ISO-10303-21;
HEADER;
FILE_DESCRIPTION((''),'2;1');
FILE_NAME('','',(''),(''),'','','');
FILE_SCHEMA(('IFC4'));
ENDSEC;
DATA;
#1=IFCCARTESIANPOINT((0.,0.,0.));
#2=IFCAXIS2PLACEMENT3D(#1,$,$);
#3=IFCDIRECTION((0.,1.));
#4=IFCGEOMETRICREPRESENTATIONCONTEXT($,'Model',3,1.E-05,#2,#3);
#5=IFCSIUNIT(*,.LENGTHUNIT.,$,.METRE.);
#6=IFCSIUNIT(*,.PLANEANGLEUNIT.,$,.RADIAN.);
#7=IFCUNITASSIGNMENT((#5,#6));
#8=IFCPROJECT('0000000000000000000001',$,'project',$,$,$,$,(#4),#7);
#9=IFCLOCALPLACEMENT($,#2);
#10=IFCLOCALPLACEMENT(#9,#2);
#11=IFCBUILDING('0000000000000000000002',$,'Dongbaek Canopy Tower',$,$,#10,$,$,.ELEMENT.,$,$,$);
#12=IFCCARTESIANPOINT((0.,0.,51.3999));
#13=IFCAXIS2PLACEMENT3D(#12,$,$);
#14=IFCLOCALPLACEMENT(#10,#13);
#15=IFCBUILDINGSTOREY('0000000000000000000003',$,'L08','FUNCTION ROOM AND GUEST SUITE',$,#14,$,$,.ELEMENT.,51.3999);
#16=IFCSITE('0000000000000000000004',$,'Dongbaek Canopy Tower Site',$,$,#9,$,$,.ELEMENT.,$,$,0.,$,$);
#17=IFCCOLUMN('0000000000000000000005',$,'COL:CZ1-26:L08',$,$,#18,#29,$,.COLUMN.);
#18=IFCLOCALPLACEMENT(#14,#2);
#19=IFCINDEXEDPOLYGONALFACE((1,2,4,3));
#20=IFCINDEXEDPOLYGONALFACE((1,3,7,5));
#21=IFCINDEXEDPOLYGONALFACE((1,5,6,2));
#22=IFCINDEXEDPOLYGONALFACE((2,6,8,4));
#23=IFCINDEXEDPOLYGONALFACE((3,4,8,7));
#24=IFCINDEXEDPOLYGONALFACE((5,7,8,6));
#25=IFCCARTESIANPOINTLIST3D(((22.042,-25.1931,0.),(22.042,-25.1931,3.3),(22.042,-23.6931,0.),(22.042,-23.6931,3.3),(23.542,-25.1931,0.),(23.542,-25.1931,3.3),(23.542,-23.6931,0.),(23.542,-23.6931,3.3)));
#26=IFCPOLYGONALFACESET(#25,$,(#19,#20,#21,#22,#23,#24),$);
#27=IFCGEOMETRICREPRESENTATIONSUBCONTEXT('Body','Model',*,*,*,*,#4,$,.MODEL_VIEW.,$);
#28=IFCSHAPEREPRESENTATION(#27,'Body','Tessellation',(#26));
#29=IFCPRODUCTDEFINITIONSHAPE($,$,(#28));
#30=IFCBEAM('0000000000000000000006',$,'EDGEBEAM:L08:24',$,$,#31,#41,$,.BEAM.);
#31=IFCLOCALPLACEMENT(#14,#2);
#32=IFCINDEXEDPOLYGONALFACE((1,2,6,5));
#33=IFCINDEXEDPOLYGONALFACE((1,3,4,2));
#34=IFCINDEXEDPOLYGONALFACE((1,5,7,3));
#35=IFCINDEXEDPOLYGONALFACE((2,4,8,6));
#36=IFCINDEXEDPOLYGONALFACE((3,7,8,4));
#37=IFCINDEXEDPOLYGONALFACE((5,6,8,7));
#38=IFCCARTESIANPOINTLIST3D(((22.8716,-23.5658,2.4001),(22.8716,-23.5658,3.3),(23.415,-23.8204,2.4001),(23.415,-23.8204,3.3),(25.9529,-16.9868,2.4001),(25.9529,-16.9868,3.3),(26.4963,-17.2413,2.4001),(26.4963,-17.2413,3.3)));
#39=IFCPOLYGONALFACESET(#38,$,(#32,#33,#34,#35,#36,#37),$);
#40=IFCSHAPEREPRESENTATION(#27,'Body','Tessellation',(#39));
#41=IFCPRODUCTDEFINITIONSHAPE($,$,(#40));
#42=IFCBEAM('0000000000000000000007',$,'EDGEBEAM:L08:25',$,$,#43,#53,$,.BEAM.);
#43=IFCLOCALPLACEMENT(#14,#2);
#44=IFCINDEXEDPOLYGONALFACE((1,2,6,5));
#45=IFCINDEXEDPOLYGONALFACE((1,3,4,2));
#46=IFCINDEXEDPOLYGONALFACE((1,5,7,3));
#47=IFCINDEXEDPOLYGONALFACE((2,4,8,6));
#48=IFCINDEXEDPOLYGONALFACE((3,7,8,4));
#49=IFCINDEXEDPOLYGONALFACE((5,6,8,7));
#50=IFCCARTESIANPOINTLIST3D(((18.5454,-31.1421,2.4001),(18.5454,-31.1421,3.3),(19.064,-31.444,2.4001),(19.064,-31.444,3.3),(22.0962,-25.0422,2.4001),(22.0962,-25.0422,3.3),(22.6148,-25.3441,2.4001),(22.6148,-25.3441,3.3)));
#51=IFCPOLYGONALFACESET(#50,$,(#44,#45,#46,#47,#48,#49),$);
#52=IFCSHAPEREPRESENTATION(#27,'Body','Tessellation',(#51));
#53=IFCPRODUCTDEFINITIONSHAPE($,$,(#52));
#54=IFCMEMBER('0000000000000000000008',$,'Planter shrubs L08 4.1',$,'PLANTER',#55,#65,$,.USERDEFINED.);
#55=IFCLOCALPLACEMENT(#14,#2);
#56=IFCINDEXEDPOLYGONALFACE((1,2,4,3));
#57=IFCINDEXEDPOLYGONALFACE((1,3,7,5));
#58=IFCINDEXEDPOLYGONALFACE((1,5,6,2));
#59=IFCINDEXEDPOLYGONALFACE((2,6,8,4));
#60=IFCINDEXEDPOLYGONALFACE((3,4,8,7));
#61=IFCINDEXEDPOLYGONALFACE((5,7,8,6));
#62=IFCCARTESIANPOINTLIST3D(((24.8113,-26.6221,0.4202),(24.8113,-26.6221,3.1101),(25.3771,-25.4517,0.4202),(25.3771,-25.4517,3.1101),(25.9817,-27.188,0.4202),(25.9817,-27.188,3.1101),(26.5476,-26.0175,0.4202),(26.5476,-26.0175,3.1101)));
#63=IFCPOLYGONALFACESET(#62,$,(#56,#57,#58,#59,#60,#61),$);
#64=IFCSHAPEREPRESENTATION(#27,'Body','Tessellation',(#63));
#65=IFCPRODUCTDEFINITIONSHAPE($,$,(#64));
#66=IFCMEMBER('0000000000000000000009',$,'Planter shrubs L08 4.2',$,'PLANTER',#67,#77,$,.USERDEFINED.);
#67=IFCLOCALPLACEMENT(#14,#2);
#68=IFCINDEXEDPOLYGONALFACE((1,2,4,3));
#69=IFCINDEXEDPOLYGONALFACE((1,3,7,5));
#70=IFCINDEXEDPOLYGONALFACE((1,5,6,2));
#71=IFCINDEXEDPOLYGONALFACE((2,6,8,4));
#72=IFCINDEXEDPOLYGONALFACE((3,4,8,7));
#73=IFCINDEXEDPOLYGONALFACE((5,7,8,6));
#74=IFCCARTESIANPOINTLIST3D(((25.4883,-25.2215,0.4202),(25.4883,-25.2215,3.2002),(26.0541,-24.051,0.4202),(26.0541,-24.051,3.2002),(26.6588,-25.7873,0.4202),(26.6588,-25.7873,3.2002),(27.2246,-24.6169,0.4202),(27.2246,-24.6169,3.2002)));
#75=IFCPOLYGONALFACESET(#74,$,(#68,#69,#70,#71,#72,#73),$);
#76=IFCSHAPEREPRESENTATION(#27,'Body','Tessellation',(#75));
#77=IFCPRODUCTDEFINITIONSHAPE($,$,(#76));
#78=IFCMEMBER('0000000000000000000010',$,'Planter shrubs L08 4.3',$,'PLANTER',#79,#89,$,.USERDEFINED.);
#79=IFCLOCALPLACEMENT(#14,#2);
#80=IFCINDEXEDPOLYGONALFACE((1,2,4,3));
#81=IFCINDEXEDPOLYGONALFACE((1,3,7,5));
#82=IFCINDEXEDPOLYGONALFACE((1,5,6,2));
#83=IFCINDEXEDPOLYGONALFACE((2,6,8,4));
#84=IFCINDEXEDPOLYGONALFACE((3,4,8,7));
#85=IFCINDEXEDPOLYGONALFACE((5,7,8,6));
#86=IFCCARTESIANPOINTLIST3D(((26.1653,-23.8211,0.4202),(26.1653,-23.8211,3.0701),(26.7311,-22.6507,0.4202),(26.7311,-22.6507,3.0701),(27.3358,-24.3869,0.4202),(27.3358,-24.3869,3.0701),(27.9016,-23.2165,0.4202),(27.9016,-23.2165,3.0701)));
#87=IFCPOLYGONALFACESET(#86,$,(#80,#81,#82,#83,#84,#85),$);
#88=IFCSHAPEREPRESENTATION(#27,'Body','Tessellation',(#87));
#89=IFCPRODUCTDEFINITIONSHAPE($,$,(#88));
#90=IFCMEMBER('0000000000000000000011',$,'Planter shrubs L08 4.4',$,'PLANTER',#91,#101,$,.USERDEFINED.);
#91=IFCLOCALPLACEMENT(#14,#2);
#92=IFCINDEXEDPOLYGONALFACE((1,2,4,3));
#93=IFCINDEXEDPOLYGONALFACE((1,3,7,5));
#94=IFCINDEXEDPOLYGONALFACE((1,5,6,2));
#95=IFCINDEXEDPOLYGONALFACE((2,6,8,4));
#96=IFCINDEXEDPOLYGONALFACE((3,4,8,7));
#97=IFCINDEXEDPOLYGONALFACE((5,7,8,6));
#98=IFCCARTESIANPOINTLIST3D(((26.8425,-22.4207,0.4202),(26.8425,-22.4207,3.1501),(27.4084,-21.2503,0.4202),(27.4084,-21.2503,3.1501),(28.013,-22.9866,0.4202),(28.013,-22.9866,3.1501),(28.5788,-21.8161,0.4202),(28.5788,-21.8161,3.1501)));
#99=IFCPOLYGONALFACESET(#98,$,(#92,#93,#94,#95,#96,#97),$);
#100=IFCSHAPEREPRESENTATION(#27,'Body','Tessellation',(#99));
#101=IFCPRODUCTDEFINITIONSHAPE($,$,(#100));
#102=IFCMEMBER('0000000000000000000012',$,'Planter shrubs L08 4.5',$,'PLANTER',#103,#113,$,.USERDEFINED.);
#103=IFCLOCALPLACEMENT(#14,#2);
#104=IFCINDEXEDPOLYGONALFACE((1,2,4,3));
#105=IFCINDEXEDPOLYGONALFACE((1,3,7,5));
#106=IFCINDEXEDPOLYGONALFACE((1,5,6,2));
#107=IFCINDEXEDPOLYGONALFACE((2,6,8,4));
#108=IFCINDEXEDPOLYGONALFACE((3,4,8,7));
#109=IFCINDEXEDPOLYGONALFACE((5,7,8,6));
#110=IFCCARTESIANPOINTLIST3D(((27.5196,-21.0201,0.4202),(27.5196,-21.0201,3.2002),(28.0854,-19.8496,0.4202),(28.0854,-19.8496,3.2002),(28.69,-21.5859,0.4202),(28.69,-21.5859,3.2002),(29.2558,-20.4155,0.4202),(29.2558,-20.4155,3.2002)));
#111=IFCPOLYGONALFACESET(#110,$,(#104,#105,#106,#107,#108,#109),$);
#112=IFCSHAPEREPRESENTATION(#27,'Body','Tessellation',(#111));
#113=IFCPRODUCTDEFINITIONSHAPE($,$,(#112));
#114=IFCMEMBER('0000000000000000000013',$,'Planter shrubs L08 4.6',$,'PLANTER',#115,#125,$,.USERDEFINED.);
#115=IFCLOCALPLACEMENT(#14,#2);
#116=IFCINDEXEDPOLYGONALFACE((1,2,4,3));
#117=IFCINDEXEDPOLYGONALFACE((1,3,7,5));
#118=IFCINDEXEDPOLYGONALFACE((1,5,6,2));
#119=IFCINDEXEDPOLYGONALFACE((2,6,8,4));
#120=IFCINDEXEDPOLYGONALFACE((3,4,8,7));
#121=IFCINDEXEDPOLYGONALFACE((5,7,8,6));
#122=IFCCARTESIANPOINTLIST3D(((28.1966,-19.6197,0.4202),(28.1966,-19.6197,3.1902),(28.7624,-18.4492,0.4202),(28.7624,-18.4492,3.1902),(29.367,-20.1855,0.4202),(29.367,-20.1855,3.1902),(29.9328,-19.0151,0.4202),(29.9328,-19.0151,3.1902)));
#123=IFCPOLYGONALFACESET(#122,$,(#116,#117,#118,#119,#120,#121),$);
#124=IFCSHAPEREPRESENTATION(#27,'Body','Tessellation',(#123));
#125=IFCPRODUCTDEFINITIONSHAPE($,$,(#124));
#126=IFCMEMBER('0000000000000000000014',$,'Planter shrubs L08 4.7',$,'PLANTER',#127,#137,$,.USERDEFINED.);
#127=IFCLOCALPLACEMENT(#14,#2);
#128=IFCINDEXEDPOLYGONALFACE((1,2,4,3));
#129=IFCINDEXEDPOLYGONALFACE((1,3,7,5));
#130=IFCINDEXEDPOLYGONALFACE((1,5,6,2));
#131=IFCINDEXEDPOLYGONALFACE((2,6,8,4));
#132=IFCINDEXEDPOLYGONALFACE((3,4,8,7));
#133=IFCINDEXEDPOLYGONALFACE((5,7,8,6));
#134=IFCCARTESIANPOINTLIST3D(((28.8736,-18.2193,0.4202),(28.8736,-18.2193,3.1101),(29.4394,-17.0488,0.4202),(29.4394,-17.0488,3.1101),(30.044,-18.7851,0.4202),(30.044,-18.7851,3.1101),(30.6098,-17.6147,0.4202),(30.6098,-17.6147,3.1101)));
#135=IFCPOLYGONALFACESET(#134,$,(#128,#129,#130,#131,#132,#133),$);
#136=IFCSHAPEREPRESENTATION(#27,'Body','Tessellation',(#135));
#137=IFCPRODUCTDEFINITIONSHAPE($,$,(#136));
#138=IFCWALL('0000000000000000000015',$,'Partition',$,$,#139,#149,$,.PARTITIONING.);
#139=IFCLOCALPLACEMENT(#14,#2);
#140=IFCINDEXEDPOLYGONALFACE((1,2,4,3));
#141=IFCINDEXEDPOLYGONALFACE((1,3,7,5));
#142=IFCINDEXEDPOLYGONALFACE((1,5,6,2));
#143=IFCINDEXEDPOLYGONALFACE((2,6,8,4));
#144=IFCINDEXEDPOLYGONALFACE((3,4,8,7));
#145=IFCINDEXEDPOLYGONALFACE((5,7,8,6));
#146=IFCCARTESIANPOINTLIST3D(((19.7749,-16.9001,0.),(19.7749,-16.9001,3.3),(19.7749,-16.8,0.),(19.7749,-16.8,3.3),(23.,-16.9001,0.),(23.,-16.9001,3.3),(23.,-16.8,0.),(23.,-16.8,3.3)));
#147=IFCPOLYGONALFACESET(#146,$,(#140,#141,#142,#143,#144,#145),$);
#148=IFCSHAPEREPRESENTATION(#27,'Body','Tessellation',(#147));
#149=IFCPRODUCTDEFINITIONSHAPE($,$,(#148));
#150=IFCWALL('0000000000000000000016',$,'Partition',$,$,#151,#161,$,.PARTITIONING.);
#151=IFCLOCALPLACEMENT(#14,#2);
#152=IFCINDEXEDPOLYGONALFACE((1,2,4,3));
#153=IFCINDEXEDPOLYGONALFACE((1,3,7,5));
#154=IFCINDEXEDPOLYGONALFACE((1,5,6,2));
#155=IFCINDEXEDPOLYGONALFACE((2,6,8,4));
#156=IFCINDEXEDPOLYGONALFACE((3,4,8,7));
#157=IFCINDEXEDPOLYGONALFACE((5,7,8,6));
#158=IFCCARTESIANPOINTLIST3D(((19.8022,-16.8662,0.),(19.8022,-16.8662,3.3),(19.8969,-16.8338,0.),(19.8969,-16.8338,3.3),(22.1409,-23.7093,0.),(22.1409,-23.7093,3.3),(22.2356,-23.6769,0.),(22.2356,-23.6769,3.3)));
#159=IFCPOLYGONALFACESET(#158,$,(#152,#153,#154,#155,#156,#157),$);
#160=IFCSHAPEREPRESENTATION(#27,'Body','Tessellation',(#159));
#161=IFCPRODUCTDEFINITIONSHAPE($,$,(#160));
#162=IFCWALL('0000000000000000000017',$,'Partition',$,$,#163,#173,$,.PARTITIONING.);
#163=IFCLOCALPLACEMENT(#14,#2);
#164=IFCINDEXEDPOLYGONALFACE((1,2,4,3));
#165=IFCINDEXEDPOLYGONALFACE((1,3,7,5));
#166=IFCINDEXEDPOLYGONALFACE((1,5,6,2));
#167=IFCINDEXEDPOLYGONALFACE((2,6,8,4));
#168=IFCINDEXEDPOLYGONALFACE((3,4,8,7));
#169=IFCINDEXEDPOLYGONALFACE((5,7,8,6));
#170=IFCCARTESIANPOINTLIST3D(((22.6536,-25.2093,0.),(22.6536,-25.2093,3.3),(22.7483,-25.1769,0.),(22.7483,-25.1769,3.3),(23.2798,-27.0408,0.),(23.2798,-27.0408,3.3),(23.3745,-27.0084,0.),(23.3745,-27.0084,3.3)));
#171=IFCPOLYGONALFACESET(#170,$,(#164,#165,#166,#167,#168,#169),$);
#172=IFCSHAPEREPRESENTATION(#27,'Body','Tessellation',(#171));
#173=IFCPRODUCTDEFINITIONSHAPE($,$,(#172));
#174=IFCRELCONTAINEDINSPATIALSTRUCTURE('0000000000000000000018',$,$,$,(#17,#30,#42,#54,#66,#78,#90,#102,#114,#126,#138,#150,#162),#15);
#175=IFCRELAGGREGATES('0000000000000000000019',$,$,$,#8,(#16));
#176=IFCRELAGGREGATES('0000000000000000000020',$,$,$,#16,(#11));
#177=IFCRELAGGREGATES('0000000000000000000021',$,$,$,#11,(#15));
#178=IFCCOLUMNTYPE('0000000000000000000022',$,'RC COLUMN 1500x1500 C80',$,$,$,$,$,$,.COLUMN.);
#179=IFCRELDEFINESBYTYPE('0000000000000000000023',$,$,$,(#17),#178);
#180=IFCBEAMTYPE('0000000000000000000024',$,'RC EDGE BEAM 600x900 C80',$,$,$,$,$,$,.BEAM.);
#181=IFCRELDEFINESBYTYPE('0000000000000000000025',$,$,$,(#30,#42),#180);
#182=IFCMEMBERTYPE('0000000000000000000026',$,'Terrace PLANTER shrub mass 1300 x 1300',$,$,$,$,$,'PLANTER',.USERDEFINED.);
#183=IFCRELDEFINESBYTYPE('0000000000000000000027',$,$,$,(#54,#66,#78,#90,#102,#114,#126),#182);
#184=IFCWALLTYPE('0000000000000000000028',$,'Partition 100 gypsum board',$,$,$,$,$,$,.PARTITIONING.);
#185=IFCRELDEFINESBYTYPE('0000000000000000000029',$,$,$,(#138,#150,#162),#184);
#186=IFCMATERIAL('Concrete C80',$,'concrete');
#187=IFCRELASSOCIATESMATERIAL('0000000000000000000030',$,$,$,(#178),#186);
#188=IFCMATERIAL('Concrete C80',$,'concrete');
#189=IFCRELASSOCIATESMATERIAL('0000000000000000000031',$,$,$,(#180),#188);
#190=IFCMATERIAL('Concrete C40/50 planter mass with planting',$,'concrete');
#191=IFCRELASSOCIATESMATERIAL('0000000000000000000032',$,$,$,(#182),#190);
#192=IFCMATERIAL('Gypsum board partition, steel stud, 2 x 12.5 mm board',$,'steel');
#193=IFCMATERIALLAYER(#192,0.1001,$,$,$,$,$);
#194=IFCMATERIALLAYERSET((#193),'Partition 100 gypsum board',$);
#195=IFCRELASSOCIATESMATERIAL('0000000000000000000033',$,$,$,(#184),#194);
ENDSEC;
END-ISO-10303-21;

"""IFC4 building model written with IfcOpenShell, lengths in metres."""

from ifc_helpers import new_model, si_unit, direction, frame, frame_2d, origin, origin_2d, place, context, subcontext, project, spatial, rectangle, extrude, material, layer, layer_set, material_profile, profile_set, type_object, element, save


model = new_model("IFC4")

# Units and contexts
model_context = context("Model", 3, precision=1e-05, world=origin(), true_north=direction((0.0, 1.0)))
body_context = subcontext(model_context, "Body", "Model", "MODEL_VIEW")
ifc_project = project(units=[si_unit("LENGTHUNIT", "METRE"), si_unit("PLANEANGLEUNIT", "RADIAN")], contexts=[model_context])

# Site, building, storey
site_placement = place(None, origin())
site = spatial("IfcSite", under=ifc_project, at=site_placement, Name="Dongbaek Canopy Tower Site", CompositionType="ELEMENT", RefElevation=0.0)
building_placement = place(site_placement, origin())
building = spatial("IfcBuilding", under=site, at=building_placement, Name="Dongbaek Canopy Tower", CompositionType="ELEMENT")
storey_placement = place(building_placement, frame((0.0, 0.0, 51.3999)))
storey = spatial("IfcBuildingStorey", under=building, at=storey_placement, Name="L08", Description="FUNCTION ROOM AND GUEST SUITE", CompositionType="ELEMENT", Elevation=51.3999)

# Column
ifc_material_1 = material(Name="Concrete C80", Category="concrete")
ifc_material_profile_1 = material_profile(ifc_material_1, rectangle(XDim=1.5, YDim=1.5, at=origin_2d()), Name="RC COLUMN 1500x1500 C80")
ifc_profile_set_1 = profile_set([ifc_material_profile_1], Name="Concrete C80")
column_type = type_object("IfcColumnType", Name="RC COLUMN 1500x1500 C80", PredefinedType="COLUMN", material=ifc_profile_set_1)
column_placement = place(storey_placement, frame((22.792, -24.4431, 0.0), z_axis=(0.0, 0.0, 1.0), x_axis=(1.0, 0.0, 0.0)))
element("IfcColumn", 1, at=column_placement, inside=storey, type_object=column_type, Name="COL:CZ1-26:L08", PredefinedType="COLUMN", context=body_context, shape_type="SweptSolid", body=[
    extrude(rectangle(XDim=1.5, YDim=1.5, at=origin_2d()), origin(), (0.0, 0.0, 1.0), 3.3),
])

# Beams
ifc_material_2 = material(Name="Concrete C80", Category="concrete")
ifc_material_profile_2 = material_profile(ifc_material_2, rectangle(XDim=0.6001, YDim=0.8999, at=origin_2d()), Name="RC EDGE BEAM 600x900 C80")
ifc_profile_set_2 = profile_set([ifc_material_profile_2], Name="Concrete C80")
beam_type = type_object("IfcBeamType", Name="RC EDGE BEAM 600x900 C80", PredefinedType="BEAM", material=ifc_profile_set_2)
beam_1_placement = place(storey_placement, frame((26.2246, -17.114, 2.8501), z_axis=(-0.424134, -0.905599, 0.0), x_axis=(0.905599, -0.424134, 0.0)))
element("IfcBeam", 2, at=beam_1_placement, inside=storey, type_object=beam_type, Name="EDGEBEAM:L08:24", PredefinedType="BEAM", context=body_context, shape_type="SweptSolid", body=[
    extrude(rectangle(XDim=0.6001, YDim=0.8999, at=origin_2d()), origin(), (0.0, 0.0, 1.0), 7.2649),
])
beam_2_placement = place(storey_placement, frame((22.3555, -25.1931, 2.8501), z_axis=(-0.503082, -0.864239, 0.0), x_axis=(0.864239, -0.503082, 0.0)))
element("IfcBeam", 3, at=beam_2_placement, inside=storey, type_object=beam_type, Name="EDGEBEAM:L08:25", PredefinedType="BEAM", context=body_context, shape_type="SweptSolid", body=[
    extrude(rectangle(XDim=0.6001, YDim=0.8999, at=origin_2d()), origin(), (0.0, 0.0, 1.0), 7.0581),
])

# Members
ifc_material_3 = material(Name="Concrete C40/50 planter mass with planting", Category="concrete")
ifc_material_profile_3 = material_profile(ifc_material_3, rectangle(XDim=1.3, YDim=1.3, at=origin_2d()), Name="Terrace PLANTER shrub mass 1300 x 1300")
ifc_profile_set_3 = profile_set([ifc_material_profile_3], Name="Concrete C40/50 planter mass with planting")
member_type = type_object("IfcMemberType", Name="Terrace PLANTER shrub mass 1300 x 1300", ElementType="PLANTER", PredefinedType="USERDEFINED", material=ifc_profile_set_3)
member_1_placement = place(storey_placement, frame((25.6794, -26.3198, 0.4202), z_axis=(0.0, 0.0, 1.0), x_axis=(0.900312, -0.435245, 0.0)))
element("IfcMember", 4, at=member_1_placement, inside=storey, type_object=member_type, Name="Planter shrubs L08 4.1", ObjectType="PLANTER", PredefinedType="USERDEFINED", context=body_context, shape_type="SweptSolid", body=[
    extrude(rectangle(XDim=1.3, YDim=1.3, at=origin_2d()), origin(), (0.0, 0.0, 1.0), 2.6899),
])
member_2_placement = place(storey_placement, frame((26.3564, -24.9192, 0.4202), z_axis=(0.0, 0.0, 1.0), x_axis=(0.900312, -0.435245, 0.0)))
element("IfcMember", 5, at=member_2_placement, inside=storey, type_object=member_type, Name="Planter shrubs L08 4.2", ObjectType="PLANTER", PredefinedType="USERDEFINED", context=body_context, shape_type="SweptSolid", body=[
    extrude(rectangle(XDim=1.3, YDim=1.3, at=origin_2d()), origin(), (0.0, 0.0, 1.0), 2.78),
])
member_3_placement = place(storey_placement, frame((27.0334, -23.5188, 0.4202), z_axis=(0.0, 0.0, 1.0), x_axis=(0.900312, -0.435245, 0.0)))
element("IfcMember", 6, at=member_3_placement, inside=storey, type_object=member_type, Name="Planter shrubs L08 4.3", ObjectType="PLANTER", PredefinedType="USERDEFINED", context=body_context, shape_type="SweptSolid", body=[
    extrude(rectangle(XDim=1.3, YDim=1.3, at=origin_2d()), origin(), (0.0, 0.0, 1.0), 2.6499),
])
member_4_placement = place(storey_placement, frame((27.7107, -22.1184, 0.4202), z_axis=(0.0, 0.0, 1.0), x_axis=(0.900312, -0.435245, 0.0)))
element("IfcMember", 7, at=member_4_placement, inside=storey, type_object=member_type, Name="Planter shrubs L08 4.4", ObjectType="PLANTER", PredefinedType="USERDEFINED", context=body_context, shape_type="SweptSolid", body=[
    extrude(rectangle(XDim=1.3, YDim=1.3, at=origin_2d()), origin(), (0.0, 0.0, 1.0), 2.73),
])
member_5_placement = place(storey_placement, frame((28.3877, -20.7178, 0.4202), z_axis=(0.0, 0.0, 1.0), x_axis=(0.900312, -0.435245, 0.0)))
element("IfcMember", 8, at=member_5_placement, inside=storey, type_object=member_type, Name="Planter shrubs L08 4.5", ObjectType="PLANTER", PredefinedType="USERDEFINED", context=body_context, shape_type="SweptSolid", body=[
    extrude(rectangle(XDim=1.3, YDim=1.3, at=origin_2d()), origin(), (0.0, 0.0, 1.0), 2.78),
])
member_6_placement = place(storey_placement, frame((29.0647, -19.3174, 0.4202), z_axis=(0.0, 0.0, 1.0), x_axis=(0.900312, -0.435245, 0.0)))
element("IfcMember", 9, at=member_6_placement, inside=storey, type_object=member_type, Name="Planter shrubs L08 4.6", ObjectType="PLANTER", PredefinedType="USERDEFINED", context=body_context, shape_type="SweptSolid", body=[
    extrude(rectangle(XDim=1.3, YDim=1.3, at=origin_2d()), origin(), (0.0, 0.0, 1.0), 2.77),
])
member_7_placement = place(storey_placement, frame((29.7417, -17.917, 0.4202), z_axis=(0.0, 0.0, 1.0), x_axis=(0.900312, -0.435245, 0.0)))
element("IfcMember", 10, at=member_7_placement, inside=storey, type_object=member_type, Name="Planter shrubs L08 4.7", ObjectType="PLANTER", PredefinedType="USERDEFINED", context=body_context, shape_type="SweptSolid", body=[
    extrude(rectangle(XDim=1.3, YDim=1.3, at=origin_2d()), origin(), (0.0, 0.0, 1.0), 2.6899),
])

# Walls
ifc_material_4 = material(Name="Gypsum board partition, steel stud, 2 x 12.5 mm board", Category="steel")
ifc_layer = layer(ifc_material_4, 0.1001)
ifc_layer_set = layer_set([ifc_layer], Name="Partition 100 gypsum board")
wall_type = type_object("IfcWallType", Name="Partition 100 gypsum board", PredefinedType="PARTITIONING", material=ifc_layer_set)
wall_1_placement = place(storey_placement, frame((19.7749, -16.8501, 0.0), z_axis=(0.0, 0.0, 1.0), x_axis=(1.0, 0.0, 0.0)))
element("IfcWall", 11, at=wall_1_placement, inside=storey, type_object=wall_type, Name="Partition", PredefinedType="PARTITIONING", context=body_context, shape_type="SweptSolid", body=[
    extrude(rectangle(XDim=3.2251, YDim=0.1001, at=frame_2d((1.6125, 0.0))), origin(), (0.0, 0.0, 1.0), 3.3),
])
wall_2_placement = place(storey_placement, frame((19.8496, -16.8501, 0.0), z_axis=(0.0, 0.0, 1.0), x_axis=(0.323389, -0.946266, 0.0)))
element("IfcWall", 12, at=wall_2_placement, inside=storey, type_object=wall_type, Name="Partition", PredefinedType="PARTITIONING", context=body_context, shape_type="SweptSolid", body=[
    extrude(rectangle(XDim=7.2317, YDim=0.1001, at=frame_2d((3.6157, 0.0))), origin(), (0.0, 0.0, 1.0), 3.3),
])
wall_3_placement = place(storey_placement, frame((22.7009, -25.1931, 0.0), z_axis=(0.0, 0.0, 1.0), x_axis=(0.323521, -0.946221, 0.0)))
element("IfcWall", 13, at=wall_3_placement, inside=storey, type_object=wall_type, Name="Partition", PredefinedType="PARTITIONING", context=body_context, shape_type="SweptSolid", body=[
    extrude(rectangle(XDim=1.9355, YDim=0.1001, at=frame_2d((0.9678, 0.0))), origin(), (0.0, 0.0, 1.0), 3.3),
])

save(model, "model.ifc")
